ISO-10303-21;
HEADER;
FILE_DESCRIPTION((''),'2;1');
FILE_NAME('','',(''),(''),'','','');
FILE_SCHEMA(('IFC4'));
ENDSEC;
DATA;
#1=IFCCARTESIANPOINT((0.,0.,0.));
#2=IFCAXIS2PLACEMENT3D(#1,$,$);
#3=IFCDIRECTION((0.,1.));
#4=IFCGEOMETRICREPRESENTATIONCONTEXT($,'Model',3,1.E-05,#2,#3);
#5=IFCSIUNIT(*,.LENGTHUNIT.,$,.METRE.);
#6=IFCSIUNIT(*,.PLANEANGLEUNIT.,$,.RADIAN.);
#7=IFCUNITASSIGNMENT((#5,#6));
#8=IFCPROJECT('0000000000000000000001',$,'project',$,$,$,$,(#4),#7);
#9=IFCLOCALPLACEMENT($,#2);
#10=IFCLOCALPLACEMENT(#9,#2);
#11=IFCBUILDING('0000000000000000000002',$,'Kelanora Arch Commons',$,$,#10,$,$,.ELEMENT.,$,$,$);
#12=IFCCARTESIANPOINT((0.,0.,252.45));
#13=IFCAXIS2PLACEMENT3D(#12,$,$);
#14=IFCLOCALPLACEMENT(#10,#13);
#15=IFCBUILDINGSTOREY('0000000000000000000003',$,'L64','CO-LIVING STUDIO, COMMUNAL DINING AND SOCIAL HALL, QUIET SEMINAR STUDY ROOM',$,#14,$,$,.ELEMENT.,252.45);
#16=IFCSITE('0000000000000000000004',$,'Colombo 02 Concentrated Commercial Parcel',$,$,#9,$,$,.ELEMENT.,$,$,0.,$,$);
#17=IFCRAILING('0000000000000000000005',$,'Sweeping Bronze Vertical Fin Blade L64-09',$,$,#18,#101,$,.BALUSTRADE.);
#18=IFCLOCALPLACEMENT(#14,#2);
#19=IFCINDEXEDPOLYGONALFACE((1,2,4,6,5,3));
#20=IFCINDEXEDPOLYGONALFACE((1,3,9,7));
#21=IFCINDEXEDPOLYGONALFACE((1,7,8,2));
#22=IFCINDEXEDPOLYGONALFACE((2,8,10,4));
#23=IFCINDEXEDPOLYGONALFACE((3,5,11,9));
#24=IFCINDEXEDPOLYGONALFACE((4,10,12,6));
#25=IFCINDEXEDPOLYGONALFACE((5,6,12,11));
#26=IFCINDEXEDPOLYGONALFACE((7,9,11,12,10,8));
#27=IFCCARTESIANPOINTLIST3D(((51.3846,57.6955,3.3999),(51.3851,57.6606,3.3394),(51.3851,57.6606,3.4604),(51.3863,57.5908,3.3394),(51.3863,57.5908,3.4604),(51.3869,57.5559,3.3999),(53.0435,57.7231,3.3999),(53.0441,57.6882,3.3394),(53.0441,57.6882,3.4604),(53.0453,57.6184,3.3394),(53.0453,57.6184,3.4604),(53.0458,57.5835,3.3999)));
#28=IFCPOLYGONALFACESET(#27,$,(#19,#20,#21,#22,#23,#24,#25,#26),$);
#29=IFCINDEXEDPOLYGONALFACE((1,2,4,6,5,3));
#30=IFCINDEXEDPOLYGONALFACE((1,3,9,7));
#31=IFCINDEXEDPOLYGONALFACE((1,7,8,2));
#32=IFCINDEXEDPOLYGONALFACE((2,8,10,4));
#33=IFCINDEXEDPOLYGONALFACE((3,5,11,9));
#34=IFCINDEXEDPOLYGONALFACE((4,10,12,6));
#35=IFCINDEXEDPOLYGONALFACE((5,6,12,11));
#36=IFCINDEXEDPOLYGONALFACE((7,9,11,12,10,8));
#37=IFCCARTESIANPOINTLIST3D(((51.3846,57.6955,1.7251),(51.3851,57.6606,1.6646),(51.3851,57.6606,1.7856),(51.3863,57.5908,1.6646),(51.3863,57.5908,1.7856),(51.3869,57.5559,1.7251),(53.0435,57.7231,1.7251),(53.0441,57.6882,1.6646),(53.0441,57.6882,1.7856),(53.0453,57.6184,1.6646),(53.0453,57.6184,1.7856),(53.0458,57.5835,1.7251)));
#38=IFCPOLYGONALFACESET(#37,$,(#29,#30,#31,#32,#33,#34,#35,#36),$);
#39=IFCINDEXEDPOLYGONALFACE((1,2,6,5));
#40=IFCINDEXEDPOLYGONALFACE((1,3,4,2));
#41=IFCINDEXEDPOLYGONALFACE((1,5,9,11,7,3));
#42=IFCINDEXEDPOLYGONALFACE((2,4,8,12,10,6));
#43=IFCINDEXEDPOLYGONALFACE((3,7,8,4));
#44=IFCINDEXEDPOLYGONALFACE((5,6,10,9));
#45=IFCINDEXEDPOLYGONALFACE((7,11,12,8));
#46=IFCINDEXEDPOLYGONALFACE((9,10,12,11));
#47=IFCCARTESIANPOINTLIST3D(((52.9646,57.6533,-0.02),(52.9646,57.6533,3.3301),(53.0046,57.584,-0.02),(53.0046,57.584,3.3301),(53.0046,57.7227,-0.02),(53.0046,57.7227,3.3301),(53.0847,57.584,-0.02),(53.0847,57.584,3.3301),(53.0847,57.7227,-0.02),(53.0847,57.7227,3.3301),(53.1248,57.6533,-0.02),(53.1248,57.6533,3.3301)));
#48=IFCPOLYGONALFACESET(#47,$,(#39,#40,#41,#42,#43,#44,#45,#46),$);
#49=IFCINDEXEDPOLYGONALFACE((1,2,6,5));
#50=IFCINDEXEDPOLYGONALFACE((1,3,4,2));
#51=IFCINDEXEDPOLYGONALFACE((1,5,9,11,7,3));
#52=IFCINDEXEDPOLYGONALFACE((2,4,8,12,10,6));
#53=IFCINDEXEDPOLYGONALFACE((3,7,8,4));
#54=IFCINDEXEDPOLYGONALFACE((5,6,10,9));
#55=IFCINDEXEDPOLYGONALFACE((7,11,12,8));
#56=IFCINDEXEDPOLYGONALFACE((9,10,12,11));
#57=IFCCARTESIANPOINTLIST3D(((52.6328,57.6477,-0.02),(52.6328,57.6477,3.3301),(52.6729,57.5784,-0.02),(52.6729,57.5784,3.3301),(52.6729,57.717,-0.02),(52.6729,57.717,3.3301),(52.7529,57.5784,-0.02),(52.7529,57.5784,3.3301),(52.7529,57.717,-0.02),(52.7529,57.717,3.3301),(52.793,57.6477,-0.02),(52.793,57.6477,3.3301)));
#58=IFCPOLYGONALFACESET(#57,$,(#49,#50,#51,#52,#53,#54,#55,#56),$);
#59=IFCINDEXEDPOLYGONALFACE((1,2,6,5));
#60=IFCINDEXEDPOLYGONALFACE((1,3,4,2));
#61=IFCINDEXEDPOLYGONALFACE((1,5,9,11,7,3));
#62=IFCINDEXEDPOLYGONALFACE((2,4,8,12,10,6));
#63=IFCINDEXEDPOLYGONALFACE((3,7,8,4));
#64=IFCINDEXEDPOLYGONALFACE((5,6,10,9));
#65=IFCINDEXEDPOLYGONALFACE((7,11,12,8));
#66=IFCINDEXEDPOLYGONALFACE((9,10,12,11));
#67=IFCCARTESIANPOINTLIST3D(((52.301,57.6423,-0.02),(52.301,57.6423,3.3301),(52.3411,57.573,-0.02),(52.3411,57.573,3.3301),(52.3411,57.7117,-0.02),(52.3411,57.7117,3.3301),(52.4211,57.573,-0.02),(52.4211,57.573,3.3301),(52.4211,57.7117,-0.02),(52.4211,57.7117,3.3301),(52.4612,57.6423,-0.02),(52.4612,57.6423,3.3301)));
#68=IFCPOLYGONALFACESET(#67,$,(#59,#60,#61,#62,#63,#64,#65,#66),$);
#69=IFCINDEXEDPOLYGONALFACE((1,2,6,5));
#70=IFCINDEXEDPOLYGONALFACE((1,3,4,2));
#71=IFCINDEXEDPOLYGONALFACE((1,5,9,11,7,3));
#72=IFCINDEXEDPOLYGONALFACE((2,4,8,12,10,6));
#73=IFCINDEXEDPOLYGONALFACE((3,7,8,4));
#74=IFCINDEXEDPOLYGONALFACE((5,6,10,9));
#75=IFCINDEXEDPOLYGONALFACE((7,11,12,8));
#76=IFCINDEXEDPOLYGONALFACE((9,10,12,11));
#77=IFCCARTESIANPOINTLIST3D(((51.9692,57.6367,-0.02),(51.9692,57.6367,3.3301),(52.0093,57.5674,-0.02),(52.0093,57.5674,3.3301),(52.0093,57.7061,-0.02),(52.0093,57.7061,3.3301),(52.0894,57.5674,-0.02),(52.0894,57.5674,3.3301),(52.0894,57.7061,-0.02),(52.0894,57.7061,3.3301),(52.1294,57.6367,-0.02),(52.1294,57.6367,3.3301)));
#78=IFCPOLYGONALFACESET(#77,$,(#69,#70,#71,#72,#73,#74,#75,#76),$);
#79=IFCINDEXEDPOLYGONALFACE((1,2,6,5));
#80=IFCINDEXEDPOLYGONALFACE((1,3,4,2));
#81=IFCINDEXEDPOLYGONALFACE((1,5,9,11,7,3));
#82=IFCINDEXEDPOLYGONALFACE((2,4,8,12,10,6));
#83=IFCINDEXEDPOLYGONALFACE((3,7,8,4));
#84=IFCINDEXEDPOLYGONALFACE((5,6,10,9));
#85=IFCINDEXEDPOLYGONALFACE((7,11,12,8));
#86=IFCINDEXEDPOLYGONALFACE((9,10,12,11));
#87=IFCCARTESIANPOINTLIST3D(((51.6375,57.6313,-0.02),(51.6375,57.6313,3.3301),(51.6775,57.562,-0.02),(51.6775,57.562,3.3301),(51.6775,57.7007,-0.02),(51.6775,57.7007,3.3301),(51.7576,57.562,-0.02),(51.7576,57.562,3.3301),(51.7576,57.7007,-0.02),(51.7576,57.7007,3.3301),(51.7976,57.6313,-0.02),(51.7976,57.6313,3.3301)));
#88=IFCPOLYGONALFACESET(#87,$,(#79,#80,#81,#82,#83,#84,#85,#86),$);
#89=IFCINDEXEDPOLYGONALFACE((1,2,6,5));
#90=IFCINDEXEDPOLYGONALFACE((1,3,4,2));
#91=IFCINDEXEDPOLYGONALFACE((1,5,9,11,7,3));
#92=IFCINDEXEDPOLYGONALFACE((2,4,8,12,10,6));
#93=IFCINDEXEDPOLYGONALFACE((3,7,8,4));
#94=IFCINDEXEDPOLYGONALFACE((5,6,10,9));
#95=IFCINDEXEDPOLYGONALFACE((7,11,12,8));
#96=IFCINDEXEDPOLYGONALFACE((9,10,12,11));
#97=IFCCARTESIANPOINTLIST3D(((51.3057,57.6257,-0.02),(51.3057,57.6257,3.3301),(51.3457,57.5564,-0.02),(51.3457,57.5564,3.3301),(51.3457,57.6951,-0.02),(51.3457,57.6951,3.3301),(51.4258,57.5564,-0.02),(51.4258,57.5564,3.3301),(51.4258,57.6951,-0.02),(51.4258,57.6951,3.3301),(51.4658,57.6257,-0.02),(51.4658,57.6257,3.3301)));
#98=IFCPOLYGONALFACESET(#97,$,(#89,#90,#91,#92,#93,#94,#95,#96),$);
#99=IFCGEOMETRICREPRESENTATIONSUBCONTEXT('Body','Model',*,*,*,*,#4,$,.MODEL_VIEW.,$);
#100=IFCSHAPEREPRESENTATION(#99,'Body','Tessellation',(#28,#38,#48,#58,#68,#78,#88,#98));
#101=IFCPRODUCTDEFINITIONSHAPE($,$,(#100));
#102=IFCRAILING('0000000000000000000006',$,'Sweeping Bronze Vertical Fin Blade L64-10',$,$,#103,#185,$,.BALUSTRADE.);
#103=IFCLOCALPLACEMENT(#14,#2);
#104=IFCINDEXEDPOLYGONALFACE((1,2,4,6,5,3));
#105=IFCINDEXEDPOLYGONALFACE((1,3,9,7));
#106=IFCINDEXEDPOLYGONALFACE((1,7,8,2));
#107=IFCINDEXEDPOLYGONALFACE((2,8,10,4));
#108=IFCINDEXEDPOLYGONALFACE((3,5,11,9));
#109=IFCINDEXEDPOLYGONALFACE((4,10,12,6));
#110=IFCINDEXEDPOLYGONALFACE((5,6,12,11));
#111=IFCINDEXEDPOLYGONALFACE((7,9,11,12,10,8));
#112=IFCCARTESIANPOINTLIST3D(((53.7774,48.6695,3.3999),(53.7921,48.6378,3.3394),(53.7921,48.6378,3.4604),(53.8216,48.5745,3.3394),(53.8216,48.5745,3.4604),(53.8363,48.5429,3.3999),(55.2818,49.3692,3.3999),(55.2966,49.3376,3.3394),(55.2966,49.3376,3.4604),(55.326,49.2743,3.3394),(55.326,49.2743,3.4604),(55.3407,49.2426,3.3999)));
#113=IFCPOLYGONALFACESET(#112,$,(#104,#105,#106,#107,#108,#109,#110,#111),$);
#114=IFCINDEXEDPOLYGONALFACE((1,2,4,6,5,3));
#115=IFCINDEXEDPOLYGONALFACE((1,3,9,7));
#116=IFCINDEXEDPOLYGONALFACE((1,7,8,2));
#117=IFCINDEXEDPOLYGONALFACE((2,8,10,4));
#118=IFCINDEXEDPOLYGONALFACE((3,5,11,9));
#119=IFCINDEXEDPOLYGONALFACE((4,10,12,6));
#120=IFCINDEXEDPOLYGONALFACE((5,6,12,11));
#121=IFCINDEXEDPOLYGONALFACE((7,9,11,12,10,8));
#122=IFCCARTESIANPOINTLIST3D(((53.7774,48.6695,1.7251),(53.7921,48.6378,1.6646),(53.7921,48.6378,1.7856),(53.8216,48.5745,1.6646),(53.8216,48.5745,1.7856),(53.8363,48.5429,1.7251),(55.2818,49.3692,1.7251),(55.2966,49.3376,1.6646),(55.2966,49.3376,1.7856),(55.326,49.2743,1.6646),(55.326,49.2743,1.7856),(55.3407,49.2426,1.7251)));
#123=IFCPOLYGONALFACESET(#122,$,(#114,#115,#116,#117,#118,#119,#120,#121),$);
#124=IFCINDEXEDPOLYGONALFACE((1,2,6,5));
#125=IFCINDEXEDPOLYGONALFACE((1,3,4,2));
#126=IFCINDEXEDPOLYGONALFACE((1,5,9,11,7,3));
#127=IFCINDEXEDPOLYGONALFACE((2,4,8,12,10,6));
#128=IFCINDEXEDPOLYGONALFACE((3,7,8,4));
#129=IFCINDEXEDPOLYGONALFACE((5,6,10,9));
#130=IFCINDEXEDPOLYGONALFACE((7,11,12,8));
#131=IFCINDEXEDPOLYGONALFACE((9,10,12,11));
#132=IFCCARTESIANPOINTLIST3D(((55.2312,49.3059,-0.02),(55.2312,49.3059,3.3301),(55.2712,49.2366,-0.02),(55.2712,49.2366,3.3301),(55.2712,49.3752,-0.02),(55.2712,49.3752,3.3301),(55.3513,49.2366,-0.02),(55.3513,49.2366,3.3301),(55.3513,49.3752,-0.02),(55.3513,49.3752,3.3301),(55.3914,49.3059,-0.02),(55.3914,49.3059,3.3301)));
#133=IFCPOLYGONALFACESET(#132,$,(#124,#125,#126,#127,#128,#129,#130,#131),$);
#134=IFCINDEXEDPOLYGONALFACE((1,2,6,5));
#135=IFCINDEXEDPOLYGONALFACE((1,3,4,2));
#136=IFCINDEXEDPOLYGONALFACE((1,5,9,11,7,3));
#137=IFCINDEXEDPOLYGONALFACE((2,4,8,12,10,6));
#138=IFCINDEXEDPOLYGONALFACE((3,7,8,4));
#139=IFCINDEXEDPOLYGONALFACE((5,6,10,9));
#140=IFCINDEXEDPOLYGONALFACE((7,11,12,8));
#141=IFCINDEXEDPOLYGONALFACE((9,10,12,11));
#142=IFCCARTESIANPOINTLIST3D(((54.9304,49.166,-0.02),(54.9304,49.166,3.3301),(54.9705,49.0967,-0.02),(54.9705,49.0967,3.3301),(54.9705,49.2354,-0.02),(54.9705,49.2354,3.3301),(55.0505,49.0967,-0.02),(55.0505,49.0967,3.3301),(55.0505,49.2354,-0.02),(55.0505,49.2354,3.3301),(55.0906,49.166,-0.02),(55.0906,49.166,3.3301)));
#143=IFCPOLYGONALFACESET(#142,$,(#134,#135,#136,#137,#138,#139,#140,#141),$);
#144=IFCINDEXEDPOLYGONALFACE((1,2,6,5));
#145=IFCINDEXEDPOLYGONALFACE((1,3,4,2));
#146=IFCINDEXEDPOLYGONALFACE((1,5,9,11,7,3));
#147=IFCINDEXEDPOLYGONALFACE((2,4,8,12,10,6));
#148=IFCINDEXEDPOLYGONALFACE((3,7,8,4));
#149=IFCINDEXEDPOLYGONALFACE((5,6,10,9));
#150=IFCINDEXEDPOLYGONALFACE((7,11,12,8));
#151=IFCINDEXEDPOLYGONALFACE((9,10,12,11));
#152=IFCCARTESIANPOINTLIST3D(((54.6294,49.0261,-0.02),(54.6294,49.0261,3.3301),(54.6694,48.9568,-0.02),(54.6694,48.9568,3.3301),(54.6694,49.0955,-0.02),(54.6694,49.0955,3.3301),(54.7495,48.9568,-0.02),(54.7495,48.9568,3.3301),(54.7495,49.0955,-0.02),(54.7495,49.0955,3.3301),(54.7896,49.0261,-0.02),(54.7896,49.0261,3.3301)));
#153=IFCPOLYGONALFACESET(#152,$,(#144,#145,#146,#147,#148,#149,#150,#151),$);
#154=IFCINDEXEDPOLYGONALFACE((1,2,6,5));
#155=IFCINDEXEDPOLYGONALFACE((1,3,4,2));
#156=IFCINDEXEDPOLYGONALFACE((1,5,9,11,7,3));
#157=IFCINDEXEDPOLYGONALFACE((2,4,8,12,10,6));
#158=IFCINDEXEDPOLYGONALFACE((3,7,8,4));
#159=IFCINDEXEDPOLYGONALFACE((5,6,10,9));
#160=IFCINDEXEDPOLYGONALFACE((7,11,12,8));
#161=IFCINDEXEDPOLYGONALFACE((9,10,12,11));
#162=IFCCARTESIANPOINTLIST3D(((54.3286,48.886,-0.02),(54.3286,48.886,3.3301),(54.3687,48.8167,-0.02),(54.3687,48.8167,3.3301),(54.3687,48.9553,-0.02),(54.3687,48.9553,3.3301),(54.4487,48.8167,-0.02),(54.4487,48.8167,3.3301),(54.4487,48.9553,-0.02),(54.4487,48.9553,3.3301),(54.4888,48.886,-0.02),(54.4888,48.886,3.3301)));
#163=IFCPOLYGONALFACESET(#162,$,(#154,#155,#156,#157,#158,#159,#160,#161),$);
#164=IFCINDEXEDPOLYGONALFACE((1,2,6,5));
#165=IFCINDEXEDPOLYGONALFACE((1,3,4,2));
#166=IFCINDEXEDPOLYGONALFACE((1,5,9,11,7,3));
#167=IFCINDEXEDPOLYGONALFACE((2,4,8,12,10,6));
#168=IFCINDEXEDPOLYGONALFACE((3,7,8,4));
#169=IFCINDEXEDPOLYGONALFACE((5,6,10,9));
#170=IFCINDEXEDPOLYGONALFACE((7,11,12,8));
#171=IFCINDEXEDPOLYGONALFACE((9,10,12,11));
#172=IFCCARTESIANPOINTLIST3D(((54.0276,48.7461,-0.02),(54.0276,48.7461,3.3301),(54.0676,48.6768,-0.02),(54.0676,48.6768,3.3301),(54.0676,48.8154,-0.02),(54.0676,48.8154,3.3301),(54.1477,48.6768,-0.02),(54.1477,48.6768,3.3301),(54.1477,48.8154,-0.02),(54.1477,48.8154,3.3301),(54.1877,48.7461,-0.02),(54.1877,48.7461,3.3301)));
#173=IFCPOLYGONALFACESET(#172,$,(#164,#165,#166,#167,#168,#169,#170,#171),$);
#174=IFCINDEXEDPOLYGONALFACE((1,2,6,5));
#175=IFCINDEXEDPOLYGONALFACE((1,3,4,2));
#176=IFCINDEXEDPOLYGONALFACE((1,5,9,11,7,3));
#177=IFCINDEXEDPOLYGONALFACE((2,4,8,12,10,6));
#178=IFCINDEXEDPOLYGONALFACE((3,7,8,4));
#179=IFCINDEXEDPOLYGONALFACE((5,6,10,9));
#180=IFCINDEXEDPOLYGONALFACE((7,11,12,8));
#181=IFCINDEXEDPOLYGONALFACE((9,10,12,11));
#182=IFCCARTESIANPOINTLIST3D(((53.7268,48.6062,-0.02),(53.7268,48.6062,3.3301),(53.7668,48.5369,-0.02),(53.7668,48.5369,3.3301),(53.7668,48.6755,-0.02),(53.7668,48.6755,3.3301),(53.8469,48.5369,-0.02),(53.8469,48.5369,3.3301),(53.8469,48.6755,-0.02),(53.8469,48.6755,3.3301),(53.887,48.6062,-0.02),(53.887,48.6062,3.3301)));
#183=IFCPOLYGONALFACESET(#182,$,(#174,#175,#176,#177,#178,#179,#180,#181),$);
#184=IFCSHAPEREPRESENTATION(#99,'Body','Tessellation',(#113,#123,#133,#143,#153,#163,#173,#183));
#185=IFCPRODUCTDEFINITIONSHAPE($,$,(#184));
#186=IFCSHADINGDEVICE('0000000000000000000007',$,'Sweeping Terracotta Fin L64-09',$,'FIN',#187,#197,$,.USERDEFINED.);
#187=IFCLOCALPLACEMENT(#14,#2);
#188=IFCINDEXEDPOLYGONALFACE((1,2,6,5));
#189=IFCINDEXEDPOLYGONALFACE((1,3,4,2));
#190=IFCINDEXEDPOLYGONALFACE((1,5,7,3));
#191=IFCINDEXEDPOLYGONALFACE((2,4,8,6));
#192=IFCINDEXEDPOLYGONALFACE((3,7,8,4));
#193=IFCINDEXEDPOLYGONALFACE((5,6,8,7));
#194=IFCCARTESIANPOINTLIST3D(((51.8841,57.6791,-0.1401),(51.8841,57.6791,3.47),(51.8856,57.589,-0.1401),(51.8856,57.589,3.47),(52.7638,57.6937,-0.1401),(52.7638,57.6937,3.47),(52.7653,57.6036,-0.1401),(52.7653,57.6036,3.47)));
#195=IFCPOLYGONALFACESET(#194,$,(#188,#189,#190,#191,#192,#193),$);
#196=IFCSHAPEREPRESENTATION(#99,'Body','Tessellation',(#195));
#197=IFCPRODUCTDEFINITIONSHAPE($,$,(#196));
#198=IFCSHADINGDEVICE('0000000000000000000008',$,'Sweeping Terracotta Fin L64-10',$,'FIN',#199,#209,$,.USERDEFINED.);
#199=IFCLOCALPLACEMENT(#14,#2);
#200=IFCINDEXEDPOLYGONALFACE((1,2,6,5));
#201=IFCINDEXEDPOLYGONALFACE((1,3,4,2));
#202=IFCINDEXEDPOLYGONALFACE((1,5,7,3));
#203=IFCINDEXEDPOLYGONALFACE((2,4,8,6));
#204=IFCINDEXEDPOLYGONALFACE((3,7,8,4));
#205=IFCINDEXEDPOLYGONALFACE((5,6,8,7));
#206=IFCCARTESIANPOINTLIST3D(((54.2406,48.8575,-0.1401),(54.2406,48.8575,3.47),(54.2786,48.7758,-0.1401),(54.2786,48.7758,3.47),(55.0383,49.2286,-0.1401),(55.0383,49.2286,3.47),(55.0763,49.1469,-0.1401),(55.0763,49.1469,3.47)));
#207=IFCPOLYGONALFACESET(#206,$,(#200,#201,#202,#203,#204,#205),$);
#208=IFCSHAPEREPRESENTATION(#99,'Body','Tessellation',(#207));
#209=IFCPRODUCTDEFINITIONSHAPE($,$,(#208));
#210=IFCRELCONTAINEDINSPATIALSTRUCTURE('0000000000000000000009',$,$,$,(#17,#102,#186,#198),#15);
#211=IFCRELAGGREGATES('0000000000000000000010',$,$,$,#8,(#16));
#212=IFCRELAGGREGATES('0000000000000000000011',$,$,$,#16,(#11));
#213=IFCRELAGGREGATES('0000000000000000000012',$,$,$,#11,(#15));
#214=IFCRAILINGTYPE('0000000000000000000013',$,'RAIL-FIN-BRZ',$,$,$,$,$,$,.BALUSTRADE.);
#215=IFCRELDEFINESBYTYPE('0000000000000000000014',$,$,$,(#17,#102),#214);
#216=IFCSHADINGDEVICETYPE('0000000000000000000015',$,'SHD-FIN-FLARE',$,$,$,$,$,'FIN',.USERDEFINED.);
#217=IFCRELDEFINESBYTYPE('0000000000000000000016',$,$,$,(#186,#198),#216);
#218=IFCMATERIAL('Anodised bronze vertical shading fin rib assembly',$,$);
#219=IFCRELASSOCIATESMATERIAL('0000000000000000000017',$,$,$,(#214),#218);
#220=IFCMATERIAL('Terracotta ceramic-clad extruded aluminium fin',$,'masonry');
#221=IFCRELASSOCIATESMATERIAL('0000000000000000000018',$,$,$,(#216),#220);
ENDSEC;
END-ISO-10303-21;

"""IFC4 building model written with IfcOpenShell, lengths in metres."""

from ifc_helpers import new_model, si_unit, direction, frame, origin, origin_2d, place, context, subcontext, project, spatial, polyline, rectangle, outline, extrude, source, transform, mapped, material, type_object, element, save


model = new_model("IFC4")

# Units and contexts
model_context = context("Model", 3, precision=1e-05, world=origin(), true_north=direction((0.0, 1.0)))
body_context = subcontext(model_context, "Body", "Model", "MODEL_VIEW")
ifc_project = project(units=[si_unit("LENGTHUNIT", "METRE"), si_unit("PLANEANGLEUNIT", "RADIAN")], contexts=[model_context])

# Site, building, storey
site_placement = place(None, origin())
site = spatial("IfcSite", under=ifc_project, at=site_placement, Name="Colombo 02 Concentrated Commercial Parcel", CompositionType="ELEMENT", RefElevation=0.0)
building_placement = place(site_placement, origin())
building = spatial("IfcBuilding", under=site, at=building_placement, Name="Kelanora Arch Commons", CompositionType="ELEMENT")
storey_placement = place(building_placement, frame((0.0, 0.0, 252.45)))
storey = spatial("IfcBuildingStorey", under=building, at=storey_placement, Name="L64", Description="CO-LIVING STUDIO, COMMUNAL DINING AND SOCIAL HALL, QUIET SEMINAR STUDY ROOM", CompositionType="ELEMENT", Elevation=252.45)

# Railings
ifc_material_1 = material(Name="Anodised bronze vertical shading fin rib assembly")
railing_type = type_object("IfcRailingType", Name="RAIL-FIN-BRZ", PredefinedType="BALUSTRADE", material=ifc_material_1)
railing_1_placement = place(storey_placement, frame((53.0447, 57.6533, -0.02)))
element("IfcRailing", 1, at=railing_1_placement, inside=storey, type_object=railing_type, Name="Sweeping Bronze Vertical Fin Blade L64-09", PredefinedType="BALUSTRADE", context=body_context, shape_type="SweptSolid", body=[
    extrude(outline(polyline([(0.0698, 0.0), (0.0349, 0.0605), (-0.0349, 0.0605), (-0.0698, 0.0), (-0.0349, -0.0605), (0.0349, -0.0605), (0.0698, 0.0)])), frame((0.0, 0.0, 3.4199), z_axis=(-0.999862, -0.016628, 0.0), x_axis=(0.016628, -0.999862, 0.0)), (0.0, 0.0, 1.0), 1.6592),
    extrude(outline(polyline([(0.0698, 0.0), (0.0349, 0.0605), (-0.0349, 0.0605), (-0.0698, 0.0), (-0.0349, -0.0605), (0.0349, -0.0605), (0.0698, 0.0)])), frame((0.0, 0.0, 1.7451), z_axis=(-0.999862, -0.016628, 0.0), x_axis=(0.016628, -0.999862, 0.0)), (0.0, 0.0, 1.0), 1.6592),
    extrude(outline(polyline([(0.0801, 0.0), (0.04, 0.0693), (-0.04, 0.0693), (-0.0801, 0.0), (-0.04, -0.0693), (0.04, -0.0693), (0.0801, 0.0)])), origin(), (0.0, 0.0, 1.0), 3.3501),
    extrude(outline(polyline([(0.0801, 0.0), (0.04, 0.0693), (-0.04, 0.0693), (-0.0801, 0.0), (-0.04, -0.0693), (0.04, -0.0693), (0.0801, 0.0)])), frame((-0.3318, -0.0056, 0.0)), (0.0, 0.0, 1.0), 3.3501),
    extrude(outline(polyline([(0.0801, 0.0), (0.04, 0.0693), (-0.04, 0.0693), (-0.0801, 0.0), (-0.04, -0.0693), (0.04, -0.0693), (0.0801, 0.0)])), frame((-0.6636, -0.011, 0.0)), (0.0, 0.0, 1.0), 3.3501),
    extrude(outline(polyline([(0.0801, 0.0), (0.04, 0.0693), (-0.04, 0.0693), (-0.0801, 0.0), (-0.04, -0.0693), (0.04, -0.0693), (0.0801, 0.0)])), frame((-0.9954, -0.0166, 0.0)), (0.0, 0.0, 1.0), 3.3501),
    extrude(outline(polyline([(0.0801, 0.0), (0.04, 0.0693), (-0.04, 0.0693), (-0.0801, 0.0), (-0.04, -0.0693), (0.04, -0.0693), (0.0801, 0.0)])), frame((-1.3271, -0.022, 0.0)), (0.0, 0.0, 1.0), 3.3501),
    extrude(outline(polyline([(0.0801, 0.0), (0.04, 0.0693), (-0.04, 0.0693), (-0.0801, 0.0), (-0.04, -0.0693), (0.04, -0.0693), (0.0801, 0.0)])), frame((-1.6589, -0.0276, 0.0)), (0.0, 0.0, 1.0), 3.3501),
])
railing_2_placement = place(storey_placement, frame((55.3113, 49.3059, -0.02)))
element("IfcRailing", 2, at=railing_2_placement, inside=storey, type_object=railing_type, Name="Sweeping Bronze Vertical Fin Blade L64-10", PredefinedType="BALUSTRADE", context=body_context, shape_type="SweptSolid", body=[
    extrude(outline(polyline([(0.0698, 0.0), (0.0349, 0.0605), (-0.0349, 0.0605), (-0.0698, 0.0), (-0.0349, -0.0605), (0.0349, -0.0605), (0.0698, 0.0)])), frame((0.0, 0.0, 3.4199), z_axis=(-0.906724, -0.421725, 0.0), x_axis=(0.421725, -0.906724, 0.0)), (0.0, 0.0, 1.0), 1.6592),
    extrude(outline(polyline([(0.0698, 0.0), (0.0349, 0.0605), (-0.0349, 0.0605), (-0.0698, 0.0), (-0.0349, -0.0605), (0.0349, -0.0605), (0.0698, 0.0)])), frame((0.0, 0.0, 1.7451), z_axis=(-0.906724, -0.421725, 0.0), x_axis=(0.421725, -0.906724, 0.0)), (0.0, 0.0, 1.0), 1.6592),
    extrude(outline(polyline([(0.0801, 0.0), (0.04, 0.0693), (-0.04, 0.0693), (-0.0801, 0.0), (-0.04, -0.0693), (0.04, -0.0693), (0.0801, 0.0)])), origin(), (0.0, 0.0, 1.0), 3.3501),
    extrude(outline(polyline([(0.0801, 0.0), (0.04, 0.0693), (-0.04, 0.0693), (-0.0801, 0.0), (-0.04, -0.0693), (0.04, -0.0693), (0.0801, 0.0)])), frame((-0.3008, -0.1399, 0.0)), (0.0, 0.0, 1.0), 3.3501),
    extrude(outline(polyline([(0.0801, 0.0), (0.04, 0.0693), (-0.04, 0.0693), (-0.0801, 0.0), (-0.04, -0.0693), (0.04, -0.0693), (0.0801, 0.0)])), frame((-0.6018, -0.2798, 0.0)), (0.0, 0.0, 1.0), 3.3501),
    extrude(outline(polyline([(0.0801, 0.0), (0.04, 0.0693), (-0.04, 0.0693), (-0.0801, 0.0), (-0.04, -0.0693), (0.04, -0.0693), (0.0801, 0.0)])), frame((-0.9026, -0.4199, 0.0)), (0.0, 0.0, 1.0), 3.3501),
    extrude(outline(polyline([(0.0801, 0.0), (0.04, 0.0693), (-0.04, 0.0693), (-0.0801, 0.0), (-0.04, -0.0693), (0.04, -0.0693), (0.0801, 0.0)])), frame((-1.2036, -0.5598, 0.0)), (0.0, 0.0, 1.0), 3.3501),
    extrude(outline(polyline([(0.0801, 0.0), (0.04, 0.0693), (-0.04, 0.0693), (-0.0801, 0.0), (-0.04, -0.0693), (0.04, -0.0693), (0.0801, 0.0)])), frame((-1.5044, -0.6997, 0.0)), (0.0, 0.0, 1.0), 3.3501),
])

# Shading devices
ifc_material_2 = material(Name="Terracotta ceramic-clad extruded aluminium fin", Category="masonry")
shading_device_type = type_object("IfcShadingDeviceType", Name="SHD-FIN-FLARE", ElementType="FIN", PredefinedType="USERDEFINED", material=ifc_material_2)
shared_shape_1 = source(origin(), body_context, "Body", "SweptSolid", [
    extrude(rectangle(XDim=0.8799, YDim=0.0901, at=origin_2d()), origin(), (0.0, 0.0, 1.0), 3.6101),
])
for number, where, z_axis, x_axis, name in (
    (3, (52.3247, 57.6414, -0.1401), (0.0, 0.0, 1.0), (-0.999863, -0.01658, 0.0), "Sweeping Terracotta Fin L64-09"),
    (4, (54.6584, 49.0022, -0.1401), (0.0, 0.0, 1.0), (-0.906676, -0.421827, 0.0), "Sweeping Terracotta Fin L64-10"),
):
    element("IfcShadingDevice", number, at=place(storey_placement, frame(where, z_axis=z_axis, x_axis=x_axis)), inside=storey, type_object=shading_device_type, Name=name, ObjectType="FIN", PredefinedType="USERDEFINED", context=body_context, shape_type="MappedRepresentation", body=[
        mapped(shared_shape_1, transform((0.0, 0.0, 0.0), scale=1.0)),
    ])

save(model, "model.ifc")
